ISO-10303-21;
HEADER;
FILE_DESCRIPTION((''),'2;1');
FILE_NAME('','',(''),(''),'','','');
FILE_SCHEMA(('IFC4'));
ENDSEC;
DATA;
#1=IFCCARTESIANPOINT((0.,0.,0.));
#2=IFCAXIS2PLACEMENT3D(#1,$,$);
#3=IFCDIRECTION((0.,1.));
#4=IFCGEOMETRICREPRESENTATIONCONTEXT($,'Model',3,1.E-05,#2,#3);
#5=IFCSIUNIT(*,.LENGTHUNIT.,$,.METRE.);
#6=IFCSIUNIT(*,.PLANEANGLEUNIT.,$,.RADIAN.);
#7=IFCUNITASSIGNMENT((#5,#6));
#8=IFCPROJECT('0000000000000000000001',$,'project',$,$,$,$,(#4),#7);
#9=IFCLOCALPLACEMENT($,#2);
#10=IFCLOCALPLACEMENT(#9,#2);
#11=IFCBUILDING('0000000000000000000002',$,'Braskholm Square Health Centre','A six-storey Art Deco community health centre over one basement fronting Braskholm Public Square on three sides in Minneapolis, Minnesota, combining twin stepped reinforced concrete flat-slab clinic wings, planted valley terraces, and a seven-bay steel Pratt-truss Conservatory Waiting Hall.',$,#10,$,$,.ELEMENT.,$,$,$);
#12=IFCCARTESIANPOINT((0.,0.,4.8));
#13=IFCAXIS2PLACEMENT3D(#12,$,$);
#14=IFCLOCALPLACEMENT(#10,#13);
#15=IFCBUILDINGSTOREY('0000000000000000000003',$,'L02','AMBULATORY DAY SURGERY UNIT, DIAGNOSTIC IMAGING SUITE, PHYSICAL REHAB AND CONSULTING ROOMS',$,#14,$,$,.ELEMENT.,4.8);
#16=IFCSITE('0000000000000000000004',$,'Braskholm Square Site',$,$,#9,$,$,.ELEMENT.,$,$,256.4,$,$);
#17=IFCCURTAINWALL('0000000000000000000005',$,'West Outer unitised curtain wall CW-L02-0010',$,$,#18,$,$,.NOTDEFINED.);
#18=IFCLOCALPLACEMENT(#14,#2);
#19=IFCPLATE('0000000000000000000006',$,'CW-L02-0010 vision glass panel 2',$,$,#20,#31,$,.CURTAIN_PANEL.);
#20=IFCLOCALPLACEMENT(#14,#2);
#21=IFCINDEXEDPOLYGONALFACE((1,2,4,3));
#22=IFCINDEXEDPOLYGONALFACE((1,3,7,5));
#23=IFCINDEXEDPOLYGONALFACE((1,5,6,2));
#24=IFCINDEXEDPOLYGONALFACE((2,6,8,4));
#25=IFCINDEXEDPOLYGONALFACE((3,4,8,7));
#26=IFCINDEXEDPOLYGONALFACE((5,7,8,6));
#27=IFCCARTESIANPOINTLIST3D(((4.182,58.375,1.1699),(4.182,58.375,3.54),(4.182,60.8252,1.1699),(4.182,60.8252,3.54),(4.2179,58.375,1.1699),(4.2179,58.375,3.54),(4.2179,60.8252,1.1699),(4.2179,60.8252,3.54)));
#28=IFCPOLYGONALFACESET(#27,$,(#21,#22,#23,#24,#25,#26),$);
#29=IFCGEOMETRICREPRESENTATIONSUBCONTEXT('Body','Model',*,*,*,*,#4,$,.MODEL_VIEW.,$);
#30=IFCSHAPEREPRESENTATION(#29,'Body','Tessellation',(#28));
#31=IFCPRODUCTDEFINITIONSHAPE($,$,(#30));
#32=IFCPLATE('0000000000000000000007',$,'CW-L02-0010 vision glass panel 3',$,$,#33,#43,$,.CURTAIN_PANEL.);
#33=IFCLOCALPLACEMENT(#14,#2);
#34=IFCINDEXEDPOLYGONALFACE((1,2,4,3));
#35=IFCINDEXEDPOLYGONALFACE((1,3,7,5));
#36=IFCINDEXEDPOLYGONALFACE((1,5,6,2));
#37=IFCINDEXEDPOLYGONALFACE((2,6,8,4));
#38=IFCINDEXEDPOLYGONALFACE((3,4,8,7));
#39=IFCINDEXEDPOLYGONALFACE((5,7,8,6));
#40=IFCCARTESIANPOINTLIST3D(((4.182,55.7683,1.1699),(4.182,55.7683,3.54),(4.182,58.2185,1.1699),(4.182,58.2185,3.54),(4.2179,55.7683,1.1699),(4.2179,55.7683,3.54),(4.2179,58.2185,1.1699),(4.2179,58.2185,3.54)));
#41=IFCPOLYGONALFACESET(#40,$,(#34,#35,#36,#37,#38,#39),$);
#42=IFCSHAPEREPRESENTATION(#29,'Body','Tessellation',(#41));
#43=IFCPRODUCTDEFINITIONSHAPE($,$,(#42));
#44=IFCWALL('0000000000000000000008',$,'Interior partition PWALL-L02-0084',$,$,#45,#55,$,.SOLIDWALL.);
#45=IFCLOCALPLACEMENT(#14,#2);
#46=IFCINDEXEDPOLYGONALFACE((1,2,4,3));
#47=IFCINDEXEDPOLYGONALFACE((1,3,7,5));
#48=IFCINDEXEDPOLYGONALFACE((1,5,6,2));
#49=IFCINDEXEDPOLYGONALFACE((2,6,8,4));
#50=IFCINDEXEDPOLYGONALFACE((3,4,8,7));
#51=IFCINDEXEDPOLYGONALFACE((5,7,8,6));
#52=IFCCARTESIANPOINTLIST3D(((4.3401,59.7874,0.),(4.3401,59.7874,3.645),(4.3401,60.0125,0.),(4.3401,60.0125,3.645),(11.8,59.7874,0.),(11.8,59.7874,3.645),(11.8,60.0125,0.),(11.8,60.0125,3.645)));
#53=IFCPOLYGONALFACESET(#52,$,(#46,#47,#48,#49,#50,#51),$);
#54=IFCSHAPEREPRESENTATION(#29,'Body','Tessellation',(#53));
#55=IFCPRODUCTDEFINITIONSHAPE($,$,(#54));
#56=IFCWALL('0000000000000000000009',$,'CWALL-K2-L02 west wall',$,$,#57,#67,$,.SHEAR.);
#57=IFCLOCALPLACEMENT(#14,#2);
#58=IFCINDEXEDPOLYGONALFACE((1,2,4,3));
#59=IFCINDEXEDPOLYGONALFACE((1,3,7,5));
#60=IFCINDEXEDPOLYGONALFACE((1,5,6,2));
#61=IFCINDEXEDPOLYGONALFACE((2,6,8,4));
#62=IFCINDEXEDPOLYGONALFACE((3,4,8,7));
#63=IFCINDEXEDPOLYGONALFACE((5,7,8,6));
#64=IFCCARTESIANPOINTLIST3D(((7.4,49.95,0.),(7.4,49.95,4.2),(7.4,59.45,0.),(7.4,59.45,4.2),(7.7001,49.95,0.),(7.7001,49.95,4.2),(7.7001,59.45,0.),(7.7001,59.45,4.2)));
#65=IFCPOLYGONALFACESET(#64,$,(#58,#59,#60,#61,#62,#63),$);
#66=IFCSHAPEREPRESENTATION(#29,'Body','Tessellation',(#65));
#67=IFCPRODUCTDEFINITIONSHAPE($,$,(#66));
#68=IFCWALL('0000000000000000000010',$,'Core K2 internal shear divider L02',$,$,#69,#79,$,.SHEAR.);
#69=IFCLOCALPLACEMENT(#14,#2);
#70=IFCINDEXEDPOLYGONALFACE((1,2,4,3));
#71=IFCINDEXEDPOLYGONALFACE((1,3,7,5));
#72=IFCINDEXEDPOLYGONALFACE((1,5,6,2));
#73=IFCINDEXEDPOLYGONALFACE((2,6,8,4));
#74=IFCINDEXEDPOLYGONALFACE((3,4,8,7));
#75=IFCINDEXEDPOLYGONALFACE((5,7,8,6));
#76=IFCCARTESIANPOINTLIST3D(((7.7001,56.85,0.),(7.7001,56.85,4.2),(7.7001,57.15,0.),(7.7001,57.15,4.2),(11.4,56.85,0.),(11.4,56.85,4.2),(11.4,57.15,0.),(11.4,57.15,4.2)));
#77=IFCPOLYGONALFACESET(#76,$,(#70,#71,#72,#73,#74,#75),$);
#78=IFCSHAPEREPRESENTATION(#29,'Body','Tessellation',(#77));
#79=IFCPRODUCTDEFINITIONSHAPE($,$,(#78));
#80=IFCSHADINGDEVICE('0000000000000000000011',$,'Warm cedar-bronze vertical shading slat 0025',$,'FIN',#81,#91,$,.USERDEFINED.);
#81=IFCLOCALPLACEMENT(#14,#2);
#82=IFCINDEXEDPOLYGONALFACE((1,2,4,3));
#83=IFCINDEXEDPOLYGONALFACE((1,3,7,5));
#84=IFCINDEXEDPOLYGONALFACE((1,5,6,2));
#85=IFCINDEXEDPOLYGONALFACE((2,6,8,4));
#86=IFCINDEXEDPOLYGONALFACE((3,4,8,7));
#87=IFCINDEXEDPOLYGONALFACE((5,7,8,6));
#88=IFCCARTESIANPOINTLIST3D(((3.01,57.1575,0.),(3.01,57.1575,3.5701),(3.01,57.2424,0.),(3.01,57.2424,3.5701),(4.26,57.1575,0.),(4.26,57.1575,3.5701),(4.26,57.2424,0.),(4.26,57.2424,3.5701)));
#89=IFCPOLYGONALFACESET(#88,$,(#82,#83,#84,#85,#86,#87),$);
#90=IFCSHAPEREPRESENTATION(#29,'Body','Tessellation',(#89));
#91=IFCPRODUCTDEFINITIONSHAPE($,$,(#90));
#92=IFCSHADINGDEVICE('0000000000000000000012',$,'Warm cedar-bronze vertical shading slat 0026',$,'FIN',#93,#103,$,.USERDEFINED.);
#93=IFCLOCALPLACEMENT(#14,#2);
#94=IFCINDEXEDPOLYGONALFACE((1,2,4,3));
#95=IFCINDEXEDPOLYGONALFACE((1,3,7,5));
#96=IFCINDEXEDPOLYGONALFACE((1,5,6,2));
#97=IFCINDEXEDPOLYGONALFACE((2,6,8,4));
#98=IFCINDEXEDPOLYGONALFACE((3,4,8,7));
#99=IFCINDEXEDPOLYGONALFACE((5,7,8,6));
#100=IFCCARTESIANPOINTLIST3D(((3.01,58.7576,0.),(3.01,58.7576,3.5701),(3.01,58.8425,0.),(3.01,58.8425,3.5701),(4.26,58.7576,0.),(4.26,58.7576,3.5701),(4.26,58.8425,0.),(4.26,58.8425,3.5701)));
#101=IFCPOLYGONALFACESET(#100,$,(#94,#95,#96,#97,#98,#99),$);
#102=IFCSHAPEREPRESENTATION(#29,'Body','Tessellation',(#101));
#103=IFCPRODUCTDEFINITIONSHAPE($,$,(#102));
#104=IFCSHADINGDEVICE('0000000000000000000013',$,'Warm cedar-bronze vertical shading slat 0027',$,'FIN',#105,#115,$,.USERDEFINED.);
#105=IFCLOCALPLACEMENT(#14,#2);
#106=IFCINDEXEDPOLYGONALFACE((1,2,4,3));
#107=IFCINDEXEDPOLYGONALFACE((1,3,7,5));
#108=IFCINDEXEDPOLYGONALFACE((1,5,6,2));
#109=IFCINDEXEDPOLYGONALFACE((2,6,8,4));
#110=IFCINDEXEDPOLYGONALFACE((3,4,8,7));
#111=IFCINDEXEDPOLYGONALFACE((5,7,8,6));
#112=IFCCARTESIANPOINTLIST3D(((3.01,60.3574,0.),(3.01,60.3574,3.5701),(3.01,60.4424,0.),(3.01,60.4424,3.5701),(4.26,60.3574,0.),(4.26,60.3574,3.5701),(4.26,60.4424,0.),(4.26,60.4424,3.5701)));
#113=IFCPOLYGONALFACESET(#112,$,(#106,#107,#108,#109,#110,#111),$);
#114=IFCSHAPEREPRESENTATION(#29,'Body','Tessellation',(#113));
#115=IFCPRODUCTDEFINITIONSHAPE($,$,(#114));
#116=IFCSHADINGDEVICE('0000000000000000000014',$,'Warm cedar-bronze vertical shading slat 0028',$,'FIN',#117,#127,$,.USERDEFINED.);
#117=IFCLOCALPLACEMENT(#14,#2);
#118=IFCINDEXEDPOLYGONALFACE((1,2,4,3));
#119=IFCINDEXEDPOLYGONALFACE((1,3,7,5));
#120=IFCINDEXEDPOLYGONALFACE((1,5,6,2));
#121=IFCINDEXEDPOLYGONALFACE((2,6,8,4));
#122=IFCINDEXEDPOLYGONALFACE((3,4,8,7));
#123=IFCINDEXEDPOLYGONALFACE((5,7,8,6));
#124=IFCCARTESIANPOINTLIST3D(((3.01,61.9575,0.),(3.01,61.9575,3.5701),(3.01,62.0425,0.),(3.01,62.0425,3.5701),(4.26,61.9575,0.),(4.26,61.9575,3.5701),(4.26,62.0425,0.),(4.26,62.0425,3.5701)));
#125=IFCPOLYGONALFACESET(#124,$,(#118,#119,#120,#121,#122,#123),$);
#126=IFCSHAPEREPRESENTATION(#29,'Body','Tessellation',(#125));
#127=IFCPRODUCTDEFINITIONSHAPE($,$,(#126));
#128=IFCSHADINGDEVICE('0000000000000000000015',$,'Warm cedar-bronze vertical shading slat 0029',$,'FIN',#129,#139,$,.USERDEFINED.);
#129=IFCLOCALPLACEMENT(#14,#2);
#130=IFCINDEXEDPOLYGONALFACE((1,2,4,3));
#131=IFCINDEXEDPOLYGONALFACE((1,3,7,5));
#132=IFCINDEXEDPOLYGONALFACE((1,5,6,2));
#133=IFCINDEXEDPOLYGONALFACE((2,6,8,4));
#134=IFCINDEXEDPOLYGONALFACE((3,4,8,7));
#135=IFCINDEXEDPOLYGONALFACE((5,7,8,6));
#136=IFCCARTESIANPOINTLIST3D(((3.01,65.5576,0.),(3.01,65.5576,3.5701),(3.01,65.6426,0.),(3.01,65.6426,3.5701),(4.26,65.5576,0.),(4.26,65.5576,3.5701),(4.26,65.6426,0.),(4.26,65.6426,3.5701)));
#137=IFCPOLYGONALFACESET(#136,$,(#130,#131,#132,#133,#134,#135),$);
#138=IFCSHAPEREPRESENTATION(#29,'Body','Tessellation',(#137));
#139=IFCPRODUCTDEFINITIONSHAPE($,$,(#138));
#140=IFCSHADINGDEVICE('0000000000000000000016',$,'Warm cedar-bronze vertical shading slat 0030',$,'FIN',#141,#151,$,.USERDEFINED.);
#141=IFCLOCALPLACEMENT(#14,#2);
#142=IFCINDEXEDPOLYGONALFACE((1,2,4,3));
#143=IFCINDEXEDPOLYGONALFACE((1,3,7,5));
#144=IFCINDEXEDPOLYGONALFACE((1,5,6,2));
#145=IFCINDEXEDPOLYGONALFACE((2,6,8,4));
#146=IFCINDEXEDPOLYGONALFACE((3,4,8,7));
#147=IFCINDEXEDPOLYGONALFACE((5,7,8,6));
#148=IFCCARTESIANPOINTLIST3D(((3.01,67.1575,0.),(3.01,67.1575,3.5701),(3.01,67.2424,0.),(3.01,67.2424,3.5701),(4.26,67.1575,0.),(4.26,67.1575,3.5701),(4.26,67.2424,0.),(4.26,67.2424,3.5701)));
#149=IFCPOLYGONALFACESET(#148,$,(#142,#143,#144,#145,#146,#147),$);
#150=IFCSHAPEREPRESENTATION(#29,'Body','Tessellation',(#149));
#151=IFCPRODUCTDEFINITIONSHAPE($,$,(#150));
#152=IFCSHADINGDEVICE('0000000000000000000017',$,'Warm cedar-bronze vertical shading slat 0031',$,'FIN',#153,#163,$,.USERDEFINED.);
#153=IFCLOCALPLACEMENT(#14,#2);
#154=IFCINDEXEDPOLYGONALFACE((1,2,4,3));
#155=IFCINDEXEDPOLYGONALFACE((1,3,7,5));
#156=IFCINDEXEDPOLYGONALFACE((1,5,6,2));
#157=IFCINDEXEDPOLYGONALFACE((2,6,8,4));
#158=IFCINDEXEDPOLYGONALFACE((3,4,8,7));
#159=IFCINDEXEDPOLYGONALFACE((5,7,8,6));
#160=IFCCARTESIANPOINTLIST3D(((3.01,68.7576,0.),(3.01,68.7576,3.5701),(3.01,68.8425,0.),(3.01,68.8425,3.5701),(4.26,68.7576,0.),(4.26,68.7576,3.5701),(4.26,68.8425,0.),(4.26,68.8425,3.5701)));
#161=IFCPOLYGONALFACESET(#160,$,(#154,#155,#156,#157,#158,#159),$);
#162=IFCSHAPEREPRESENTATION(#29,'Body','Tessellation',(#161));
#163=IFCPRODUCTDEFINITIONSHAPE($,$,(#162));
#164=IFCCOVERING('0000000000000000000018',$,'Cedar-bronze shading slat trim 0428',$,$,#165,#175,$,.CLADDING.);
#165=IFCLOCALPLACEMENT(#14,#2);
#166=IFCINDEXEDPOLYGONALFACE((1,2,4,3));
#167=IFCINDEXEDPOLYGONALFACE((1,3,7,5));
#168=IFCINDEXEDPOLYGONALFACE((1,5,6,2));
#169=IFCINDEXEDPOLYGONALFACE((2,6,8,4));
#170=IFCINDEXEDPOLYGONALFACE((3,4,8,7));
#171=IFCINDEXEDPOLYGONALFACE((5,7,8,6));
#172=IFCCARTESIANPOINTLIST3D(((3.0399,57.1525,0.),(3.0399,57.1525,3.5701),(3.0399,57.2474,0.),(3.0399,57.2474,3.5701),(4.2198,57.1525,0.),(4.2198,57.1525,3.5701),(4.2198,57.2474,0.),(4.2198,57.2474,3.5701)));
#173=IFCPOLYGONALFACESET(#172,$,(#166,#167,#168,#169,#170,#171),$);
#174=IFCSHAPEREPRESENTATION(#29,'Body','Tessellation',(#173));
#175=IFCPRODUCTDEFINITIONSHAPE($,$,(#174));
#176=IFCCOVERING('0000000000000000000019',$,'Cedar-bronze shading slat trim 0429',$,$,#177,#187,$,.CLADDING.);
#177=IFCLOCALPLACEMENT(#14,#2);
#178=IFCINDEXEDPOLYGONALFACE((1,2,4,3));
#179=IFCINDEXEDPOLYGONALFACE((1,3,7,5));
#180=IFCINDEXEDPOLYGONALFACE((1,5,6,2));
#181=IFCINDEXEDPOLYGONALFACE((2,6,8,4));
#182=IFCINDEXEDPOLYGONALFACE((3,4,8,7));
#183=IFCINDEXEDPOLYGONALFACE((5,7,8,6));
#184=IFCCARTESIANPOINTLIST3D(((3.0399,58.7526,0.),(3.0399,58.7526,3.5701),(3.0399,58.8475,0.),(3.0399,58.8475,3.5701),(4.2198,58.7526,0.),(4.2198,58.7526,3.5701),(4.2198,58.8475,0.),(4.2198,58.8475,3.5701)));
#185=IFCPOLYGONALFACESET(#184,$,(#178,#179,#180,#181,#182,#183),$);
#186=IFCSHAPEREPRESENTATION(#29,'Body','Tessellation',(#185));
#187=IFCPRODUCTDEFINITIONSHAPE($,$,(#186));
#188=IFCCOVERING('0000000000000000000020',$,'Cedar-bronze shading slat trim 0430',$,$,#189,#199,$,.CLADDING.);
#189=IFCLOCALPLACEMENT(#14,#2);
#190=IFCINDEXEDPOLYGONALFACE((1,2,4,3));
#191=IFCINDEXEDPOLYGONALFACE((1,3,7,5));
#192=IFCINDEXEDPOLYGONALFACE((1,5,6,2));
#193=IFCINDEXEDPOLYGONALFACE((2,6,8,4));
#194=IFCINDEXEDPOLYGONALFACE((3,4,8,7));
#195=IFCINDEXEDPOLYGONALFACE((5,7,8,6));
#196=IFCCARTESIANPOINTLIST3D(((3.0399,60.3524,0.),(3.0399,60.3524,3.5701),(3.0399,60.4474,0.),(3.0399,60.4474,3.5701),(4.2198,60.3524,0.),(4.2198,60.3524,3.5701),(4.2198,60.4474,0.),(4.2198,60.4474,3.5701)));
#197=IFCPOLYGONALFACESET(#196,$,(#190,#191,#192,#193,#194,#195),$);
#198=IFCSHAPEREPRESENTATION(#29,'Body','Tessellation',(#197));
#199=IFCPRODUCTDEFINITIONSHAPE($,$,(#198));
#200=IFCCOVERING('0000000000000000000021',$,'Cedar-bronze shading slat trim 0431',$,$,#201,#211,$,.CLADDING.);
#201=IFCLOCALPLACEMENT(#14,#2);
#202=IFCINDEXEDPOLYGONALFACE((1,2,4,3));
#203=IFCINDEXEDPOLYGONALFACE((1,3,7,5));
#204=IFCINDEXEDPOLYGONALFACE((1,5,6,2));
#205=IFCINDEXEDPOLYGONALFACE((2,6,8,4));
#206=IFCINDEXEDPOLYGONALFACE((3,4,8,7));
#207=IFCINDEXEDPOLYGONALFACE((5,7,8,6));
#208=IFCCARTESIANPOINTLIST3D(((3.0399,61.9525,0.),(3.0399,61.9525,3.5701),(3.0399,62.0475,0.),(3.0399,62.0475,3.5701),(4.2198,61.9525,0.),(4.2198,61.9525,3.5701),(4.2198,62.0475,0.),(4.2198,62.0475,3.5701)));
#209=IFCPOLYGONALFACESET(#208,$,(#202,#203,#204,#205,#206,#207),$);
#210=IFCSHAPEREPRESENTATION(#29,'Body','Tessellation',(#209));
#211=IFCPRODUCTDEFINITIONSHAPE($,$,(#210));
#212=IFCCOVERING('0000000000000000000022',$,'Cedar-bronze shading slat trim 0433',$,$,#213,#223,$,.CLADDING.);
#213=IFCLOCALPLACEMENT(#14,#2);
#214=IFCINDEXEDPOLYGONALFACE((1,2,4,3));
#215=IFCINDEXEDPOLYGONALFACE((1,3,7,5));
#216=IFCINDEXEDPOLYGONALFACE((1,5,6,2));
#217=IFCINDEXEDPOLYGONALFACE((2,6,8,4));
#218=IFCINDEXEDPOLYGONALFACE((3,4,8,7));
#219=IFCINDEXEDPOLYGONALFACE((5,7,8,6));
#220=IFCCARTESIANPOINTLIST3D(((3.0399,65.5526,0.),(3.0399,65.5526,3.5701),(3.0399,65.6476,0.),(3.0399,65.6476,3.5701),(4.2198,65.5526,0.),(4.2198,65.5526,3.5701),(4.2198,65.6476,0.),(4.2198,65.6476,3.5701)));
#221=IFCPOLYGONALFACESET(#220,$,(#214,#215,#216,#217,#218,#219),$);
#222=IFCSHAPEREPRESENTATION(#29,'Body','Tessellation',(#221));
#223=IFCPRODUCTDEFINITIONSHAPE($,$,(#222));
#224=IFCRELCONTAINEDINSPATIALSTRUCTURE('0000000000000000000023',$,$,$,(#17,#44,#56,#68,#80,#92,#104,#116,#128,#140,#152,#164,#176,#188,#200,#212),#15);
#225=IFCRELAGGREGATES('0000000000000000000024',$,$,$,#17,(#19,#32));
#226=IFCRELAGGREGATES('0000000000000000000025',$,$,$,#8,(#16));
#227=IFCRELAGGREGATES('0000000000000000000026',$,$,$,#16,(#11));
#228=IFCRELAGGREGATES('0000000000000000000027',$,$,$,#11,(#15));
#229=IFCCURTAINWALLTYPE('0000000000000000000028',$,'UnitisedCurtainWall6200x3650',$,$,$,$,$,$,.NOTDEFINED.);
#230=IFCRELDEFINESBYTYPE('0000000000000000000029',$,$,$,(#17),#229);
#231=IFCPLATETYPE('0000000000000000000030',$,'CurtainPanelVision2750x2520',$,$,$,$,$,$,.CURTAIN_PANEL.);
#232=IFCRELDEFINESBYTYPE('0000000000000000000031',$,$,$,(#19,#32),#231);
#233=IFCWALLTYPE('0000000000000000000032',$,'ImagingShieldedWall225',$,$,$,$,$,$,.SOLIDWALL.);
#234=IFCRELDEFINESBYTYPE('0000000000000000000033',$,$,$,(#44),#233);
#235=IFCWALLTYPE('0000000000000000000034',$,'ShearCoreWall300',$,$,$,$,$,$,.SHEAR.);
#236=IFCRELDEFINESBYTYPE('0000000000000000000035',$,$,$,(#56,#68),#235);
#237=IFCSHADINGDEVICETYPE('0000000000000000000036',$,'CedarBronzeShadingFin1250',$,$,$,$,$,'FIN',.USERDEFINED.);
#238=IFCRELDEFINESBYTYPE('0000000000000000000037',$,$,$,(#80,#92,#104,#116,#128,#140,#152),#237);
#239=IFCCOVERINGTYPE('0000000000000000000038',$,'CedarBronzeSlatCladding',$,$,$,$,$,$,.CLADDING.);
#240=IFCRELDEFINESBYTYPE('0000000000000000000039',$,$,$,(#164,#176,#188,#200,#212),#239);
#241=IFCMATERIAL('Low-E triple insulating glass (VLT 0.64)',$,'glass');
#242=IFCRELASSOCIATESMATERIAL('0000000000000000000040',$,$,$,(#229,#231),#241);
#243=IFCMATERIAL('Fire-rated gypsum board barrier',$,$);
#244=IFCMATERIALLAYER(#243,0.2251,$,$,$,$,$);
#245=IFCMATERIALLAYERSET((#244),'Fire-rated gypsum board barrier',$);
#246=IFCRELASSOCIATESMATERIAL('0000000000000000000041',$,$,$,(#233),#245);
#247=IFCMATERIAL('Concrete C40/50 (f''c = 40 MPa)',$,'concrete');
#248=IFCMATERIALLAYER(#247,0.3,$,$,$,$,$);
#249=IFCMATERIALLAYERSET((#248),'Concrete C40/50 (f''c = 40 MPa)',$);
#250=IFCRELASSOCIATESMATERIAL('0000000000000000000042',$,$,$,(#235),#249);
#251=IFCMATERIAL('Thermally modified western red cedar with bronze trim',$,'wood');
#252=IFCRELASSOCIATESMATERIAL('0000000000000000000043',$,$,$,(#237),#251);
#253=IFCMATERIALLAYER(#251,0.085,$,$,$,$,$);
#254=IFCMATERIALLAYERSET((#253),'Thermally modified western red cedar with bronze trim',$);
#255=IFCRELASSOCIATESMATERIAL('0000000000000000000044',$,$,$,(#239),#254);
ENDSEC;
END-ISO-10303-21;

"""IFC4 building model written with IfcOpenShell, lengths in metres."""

from ifc_helpers import new_model, si_unit, direction, frame, frame_2d, origin, origin_2d, place, context, subcontext, project, spatial, rectangle, extrude, material, layer, layer_set, type_object, element, aggregate, save


model = new_model("IFC4")

# Units and contexts
model_context = context("Model", 3, precision=1e-05, world=origin(), true_north=direction((0.0, 1.0)))
body_context = subcontext(model_context, "Body", "Model", "MODEL_VIEW")
ifc_project = project(units=[si_unit("LENGTHUNIT", "METRE"), si_unit("PLANEANGLEUNIT", "RADIAN")], contexts=[model_context])

# Site, building, storey
site_placement = place(None, origin())
site = spatial("IfcSite", under=ifc_project, at=site_placement, Name="Braskholm Square Site", CompositionType="ELEMENT", RefElevation=256.4)
building_placement = place(site_placement, origin())
building = spatial("IfcBuilding", under=site, at=building_placement, Name="Braskholm Square Health Centre", Description="A six-storey Art Deco community health centre over one basement fronting Braskholm Public Square on three sides in Minneapolis, Minnesota, combining twin stepped reinforced concrete flat-slab clinic wings, planted valley terraces, and a seven-bay steel Pratt-truss Conservatory Waiting Hall.", CompositionType="ELEMENT")
storey_placement = place(building_placement, frame((0.0, 0.0, 4.8)))
storey = spatial("IfcBuildingStorey", under=building, at=storey_placement, Name="L02", Description="AMBULATORY DAY SURGERY UNIT, DIAGNOSTIC IMAGING SUITE, PHYSICAL REHAB AND CONSULTING ROOMS", CompositionType="ELEMENT", Elevation=4.8)

# Curtain wall
ifc_material_1 = material(Name="Low-E triple insulating glass (VLT 0.64)", Category="glass")
curtain_wall_type = type_object("IfcCurtainWallType", Name="UnitisedCurtainWall6200x3650", PredefinedType="NOTDEFINED", material=ifc_material_1)
curtain_wall_placement = place(storey_placement, origin())
curtain_wall = element("IfcCurtainWall", 1, at=curtain_wall_placement, inside=storey, type_object=curtain_wall_type, Name="West Outer unitised curtain wall CW-L02-0010", PredefinedType="NOTDEFINED")

# Plates
plate_type_1 = type_object("IfcPlateType", Name="CurtainPanelVision2750x2520", PredefinedType="CURTAIN_PANEL", material=ifc_material_1)
plate_1_placement = place(storey_placement, frame((4.2, 59.6001, 1.1699), z_axis=(0.0, 0.0, 1.0), x_axis=(0.0, -1.0, 0.0)))
plate_1 = element("IfcPlate", 2, at=plate_1_placement, type_object=plate_type_1, Name="CW-L02-0010 vision glass panel 2", PredefinedType="CURTAIN_PANEL", context=body_context, shape_type="SweptSolid", body=[
    extrude(rectangle(XDim=2.4502, YDim=0.0359, at=origin_2d()), origin(), (0.0, 0.0, 1.0), 2.3701),
])
plate_2_placement = place(storey_placement, frame((4.2, 56.9934, 1.1699), z_axis=(0.0, 0.0, 1.0), x_axis=(0.0, -1.0, 0.0)))
plate_2 = element("IfcPlate", 3, at=plate_2_placement, type_object=plate_type_1, Name="CW-L02-0010 vision glass panel 3", PredefinedType="CURTAIN_PANEL", context=body_context, shape_type="SweptSolid", body=[
    extrude(rectangle(XDim=2.4502, YDim=0.0359, at=origin_2d()), origin(), (0.0, 0.0, 1.0), 2.3701),
])
aggregate(curtain_wall, [plate_1, plate_2])

# Walls
ifc_material_2 = material(Name="Fire-rated gypsum board barrier")
ifc_layer_1 = layer(ifc_material_2, 0.2251)
ifc_layer_set_1 = layer_set([ifc_layer_1], Name="Fire-rated gypsum board barrier")
wall_type_1 = type_object("IfcWallType", Name="ImagingShieldedWall225", PredefinedType="SOLIDWALL", material=ifc_layer_set_1)
wall_1_placement = place(storey_placement, frame((4.3401, 59.8999, 0.0), z_axis=(0.0, 0.0, 1.0), x_axis=(1.0, 0.0, 0.0)))
element("IfcWall", 4, at=wall_1_placement, inside=storey, type_object=wall_type_1, Name="Interior partition PWALL-L02-0084", PredefinedType="SOLIDWALL", context=body_context, shape_type="SweptSolid", body=[
    extrude(rectangle(XDim=7.46, YDim=0.2251, at=frame_2d((3.73, 0.0))), origin(), (0.0, 0.0, 1.0), 3.645),
])
ifc_material_3 = material(Name="Concrete C40/50 (f'c = 40 MPa)", Category="concrete")
ifc_layer_2 = layer(ifc_material_3, 0.3)
ifc_layer_set_2 = layer_set([ifc_layer_2], Name="Concrete C40/50 (f'c = 40 MPa)")
wall_type_2 = type_object("IfcWallType", Name="ShearCoreWall300", PredefinedType="SHEAR", material=ifc_layer_set_2)
wall_2_placement = place(storey_placement, frame((7.55, 59.45, 0.0), z_axis=(0.0, 0.0, 1.0), x_axis=(0.0, -1.0, 0.0)))
element("IfcWall", 5, at=wall_2_placement, inside=storey, type_object=wall_type_2, Name="CWALL-K2-L02 west wall", PredefinedType="SHEAR", context=body_context, shape_type="SweptSolid", body=[
    extrude(rectangle(XDim=9.5, YDim=0.3, at=frame_2d((4.75, 0.0))), origin(), (0.0, 0.0, 1.0), 4.2),
])
wall_3_placement = place(storey_placement, frame((7.7, 57.0, 0.0), z_axis=(0.0, 0.0, 1.0), x_axis=(1.0, 0.0, 0.0)))
element("IfcWall", 6, at=wall_3_placement, inside=storey, type_object=wall_type_2, Name="Core K2 internal shear divider L02", PredefinedType="SHEAR", context=body_context, shape_type="SweptSolid", body=[
    extrude(rectangle(XDim=3.7, YDim=0.3, at=frame_2d((1.8501, 0.0))), origin(), (0.0, 0.0, 1.0), 4.2),
])

# Shading devices
ifc_material_4 = material(Name="Thermally modified western red cedar with bronze trim", Category="wood")
shading_device_type = type_object("IfcShadingDeviceType", Name="CedarBronzeShadingFin1250", ElementType="FIN", PredefinedType="USERDEFINED", material=ifc_material_4)
for number, where, z_axis, x_axis, name in (
    (7, (3.635, 57.2, 0.0), (0.0, 0.0, 1.0), (1.0, 0.0, 0.0), "Warm cedar-bronze vertical shading slat 0025"),
    (8, (3.635, 58.8, 0.0), (0.0, 0.0, 1.0), (1.0, 0.0, 0.0), "Warm cedar-bronze vertical shading slat 0026"),
    (9, (3.635, 60.3999, 0.0), (0.0, 0.0, 1.0), (1.0, 0.0, 0.0), "Warm cedar-bronze vertical shading slat 0027"),
    (10, (3.635, 62.0, 0.0), (0.0, 0.0, 1.0), (1.0, 0.0, 0.0), "Warm cedar-bronze vertical shading slat 0028"),
    (11, (3.635, 65.6001, 0.0), (0.0, 0.0, 1.0), (1.0, 0.0, 0.0), "Warm cedar-bronze vertical shading slat 0029"),
    (12, (3.635, 67.2, 0.0), (0.0, 0.0, 1.0), (1.0, 0.0, 0.0), "Warm cedar-bronze vertical shading slat 0030"),
    (13, (3.635, 68.8, 0.0), (0.0, 0.0, 1.0), (1.0, 0.0, 0.0), "Warm cedar-bronze vertical shading slat 0031"),
):
    element("IfcShadingDevice", number, at=place(storey_placement, frame(where, z_axis=z_axis, x_axis=x_axis)), inside=storey, type_object=shading_device_type, Name=name, ObjectType="FIN", PredefinedType="USERDEFINED", context=body_context, shape_type="SweptSolid", body=[
        extrude(rectangle(XDim=1.25, YDim=0.085, at=origin_2d()), origin(), (0.0, 0.0, 1.0), 3.5701),
    ])

# Coverings
ifc_layer_3 = layer(ifc_material_4, 0.085)
ifc_layer_set_3 = layer_set([ifc_layer_3], Name="Thermally modified western red cedar with bronze trim")
covering_type_1 = type_object("IfcCoveringType", Name="CedarBronzeSlatCladding", PredefinedType="CLADDING", material=ifc_layer_set_3)
for number, where, z_axis, x_axis, name in (
    (14, (3.6299, 57.2, 0.0), (0.0, 0.0, 1.0), (1.0, 0.0, 0.0), "Cedar-bronze shading slat trim 0428"),
    (15, (3.6299, 58.8, 0.0), (0.0, 0.0, 1.0), (1.0, 0.0, 0.0), "Cedar-bronze shading slat trim 0429"),
    (16, (3.6299, 60.3999, 0.0), (0.0, 0.0, 1.0), (1.0, 0.0, 0.0), "Cedar-bronze shading slat trim 0430"),
    (17, (3.6299, 62.0, 0.0), (0.0, 0.0, 1.0), (1.0, 0.0, 0.0), "Cedar-bronze shading slat trim 0431"),
    (18, (3.6299, 65.6001, 0.0), (0.0, 0.0, 1.0), (1.0, 0.0, 0.0), "Cedar-bronze shading slat trim 0433"),
):
    element("IfcCovering", number, at=place(storey_placement, frame(where, z_axis=z_axis, x_axis=x_axis)), inside=storey, type_object=covering_type_1, Name=name, PredefinedType="CLADDING", context=body_context, shape_type="SweptSolid", body=[
        extrude(rectangle(XDim=1.1799, YDim=0.095, at=origin_2d()), origin(), (0.0, 0.0, 1.0), 3.5701),
    ])

save(model, "model.ifc")
